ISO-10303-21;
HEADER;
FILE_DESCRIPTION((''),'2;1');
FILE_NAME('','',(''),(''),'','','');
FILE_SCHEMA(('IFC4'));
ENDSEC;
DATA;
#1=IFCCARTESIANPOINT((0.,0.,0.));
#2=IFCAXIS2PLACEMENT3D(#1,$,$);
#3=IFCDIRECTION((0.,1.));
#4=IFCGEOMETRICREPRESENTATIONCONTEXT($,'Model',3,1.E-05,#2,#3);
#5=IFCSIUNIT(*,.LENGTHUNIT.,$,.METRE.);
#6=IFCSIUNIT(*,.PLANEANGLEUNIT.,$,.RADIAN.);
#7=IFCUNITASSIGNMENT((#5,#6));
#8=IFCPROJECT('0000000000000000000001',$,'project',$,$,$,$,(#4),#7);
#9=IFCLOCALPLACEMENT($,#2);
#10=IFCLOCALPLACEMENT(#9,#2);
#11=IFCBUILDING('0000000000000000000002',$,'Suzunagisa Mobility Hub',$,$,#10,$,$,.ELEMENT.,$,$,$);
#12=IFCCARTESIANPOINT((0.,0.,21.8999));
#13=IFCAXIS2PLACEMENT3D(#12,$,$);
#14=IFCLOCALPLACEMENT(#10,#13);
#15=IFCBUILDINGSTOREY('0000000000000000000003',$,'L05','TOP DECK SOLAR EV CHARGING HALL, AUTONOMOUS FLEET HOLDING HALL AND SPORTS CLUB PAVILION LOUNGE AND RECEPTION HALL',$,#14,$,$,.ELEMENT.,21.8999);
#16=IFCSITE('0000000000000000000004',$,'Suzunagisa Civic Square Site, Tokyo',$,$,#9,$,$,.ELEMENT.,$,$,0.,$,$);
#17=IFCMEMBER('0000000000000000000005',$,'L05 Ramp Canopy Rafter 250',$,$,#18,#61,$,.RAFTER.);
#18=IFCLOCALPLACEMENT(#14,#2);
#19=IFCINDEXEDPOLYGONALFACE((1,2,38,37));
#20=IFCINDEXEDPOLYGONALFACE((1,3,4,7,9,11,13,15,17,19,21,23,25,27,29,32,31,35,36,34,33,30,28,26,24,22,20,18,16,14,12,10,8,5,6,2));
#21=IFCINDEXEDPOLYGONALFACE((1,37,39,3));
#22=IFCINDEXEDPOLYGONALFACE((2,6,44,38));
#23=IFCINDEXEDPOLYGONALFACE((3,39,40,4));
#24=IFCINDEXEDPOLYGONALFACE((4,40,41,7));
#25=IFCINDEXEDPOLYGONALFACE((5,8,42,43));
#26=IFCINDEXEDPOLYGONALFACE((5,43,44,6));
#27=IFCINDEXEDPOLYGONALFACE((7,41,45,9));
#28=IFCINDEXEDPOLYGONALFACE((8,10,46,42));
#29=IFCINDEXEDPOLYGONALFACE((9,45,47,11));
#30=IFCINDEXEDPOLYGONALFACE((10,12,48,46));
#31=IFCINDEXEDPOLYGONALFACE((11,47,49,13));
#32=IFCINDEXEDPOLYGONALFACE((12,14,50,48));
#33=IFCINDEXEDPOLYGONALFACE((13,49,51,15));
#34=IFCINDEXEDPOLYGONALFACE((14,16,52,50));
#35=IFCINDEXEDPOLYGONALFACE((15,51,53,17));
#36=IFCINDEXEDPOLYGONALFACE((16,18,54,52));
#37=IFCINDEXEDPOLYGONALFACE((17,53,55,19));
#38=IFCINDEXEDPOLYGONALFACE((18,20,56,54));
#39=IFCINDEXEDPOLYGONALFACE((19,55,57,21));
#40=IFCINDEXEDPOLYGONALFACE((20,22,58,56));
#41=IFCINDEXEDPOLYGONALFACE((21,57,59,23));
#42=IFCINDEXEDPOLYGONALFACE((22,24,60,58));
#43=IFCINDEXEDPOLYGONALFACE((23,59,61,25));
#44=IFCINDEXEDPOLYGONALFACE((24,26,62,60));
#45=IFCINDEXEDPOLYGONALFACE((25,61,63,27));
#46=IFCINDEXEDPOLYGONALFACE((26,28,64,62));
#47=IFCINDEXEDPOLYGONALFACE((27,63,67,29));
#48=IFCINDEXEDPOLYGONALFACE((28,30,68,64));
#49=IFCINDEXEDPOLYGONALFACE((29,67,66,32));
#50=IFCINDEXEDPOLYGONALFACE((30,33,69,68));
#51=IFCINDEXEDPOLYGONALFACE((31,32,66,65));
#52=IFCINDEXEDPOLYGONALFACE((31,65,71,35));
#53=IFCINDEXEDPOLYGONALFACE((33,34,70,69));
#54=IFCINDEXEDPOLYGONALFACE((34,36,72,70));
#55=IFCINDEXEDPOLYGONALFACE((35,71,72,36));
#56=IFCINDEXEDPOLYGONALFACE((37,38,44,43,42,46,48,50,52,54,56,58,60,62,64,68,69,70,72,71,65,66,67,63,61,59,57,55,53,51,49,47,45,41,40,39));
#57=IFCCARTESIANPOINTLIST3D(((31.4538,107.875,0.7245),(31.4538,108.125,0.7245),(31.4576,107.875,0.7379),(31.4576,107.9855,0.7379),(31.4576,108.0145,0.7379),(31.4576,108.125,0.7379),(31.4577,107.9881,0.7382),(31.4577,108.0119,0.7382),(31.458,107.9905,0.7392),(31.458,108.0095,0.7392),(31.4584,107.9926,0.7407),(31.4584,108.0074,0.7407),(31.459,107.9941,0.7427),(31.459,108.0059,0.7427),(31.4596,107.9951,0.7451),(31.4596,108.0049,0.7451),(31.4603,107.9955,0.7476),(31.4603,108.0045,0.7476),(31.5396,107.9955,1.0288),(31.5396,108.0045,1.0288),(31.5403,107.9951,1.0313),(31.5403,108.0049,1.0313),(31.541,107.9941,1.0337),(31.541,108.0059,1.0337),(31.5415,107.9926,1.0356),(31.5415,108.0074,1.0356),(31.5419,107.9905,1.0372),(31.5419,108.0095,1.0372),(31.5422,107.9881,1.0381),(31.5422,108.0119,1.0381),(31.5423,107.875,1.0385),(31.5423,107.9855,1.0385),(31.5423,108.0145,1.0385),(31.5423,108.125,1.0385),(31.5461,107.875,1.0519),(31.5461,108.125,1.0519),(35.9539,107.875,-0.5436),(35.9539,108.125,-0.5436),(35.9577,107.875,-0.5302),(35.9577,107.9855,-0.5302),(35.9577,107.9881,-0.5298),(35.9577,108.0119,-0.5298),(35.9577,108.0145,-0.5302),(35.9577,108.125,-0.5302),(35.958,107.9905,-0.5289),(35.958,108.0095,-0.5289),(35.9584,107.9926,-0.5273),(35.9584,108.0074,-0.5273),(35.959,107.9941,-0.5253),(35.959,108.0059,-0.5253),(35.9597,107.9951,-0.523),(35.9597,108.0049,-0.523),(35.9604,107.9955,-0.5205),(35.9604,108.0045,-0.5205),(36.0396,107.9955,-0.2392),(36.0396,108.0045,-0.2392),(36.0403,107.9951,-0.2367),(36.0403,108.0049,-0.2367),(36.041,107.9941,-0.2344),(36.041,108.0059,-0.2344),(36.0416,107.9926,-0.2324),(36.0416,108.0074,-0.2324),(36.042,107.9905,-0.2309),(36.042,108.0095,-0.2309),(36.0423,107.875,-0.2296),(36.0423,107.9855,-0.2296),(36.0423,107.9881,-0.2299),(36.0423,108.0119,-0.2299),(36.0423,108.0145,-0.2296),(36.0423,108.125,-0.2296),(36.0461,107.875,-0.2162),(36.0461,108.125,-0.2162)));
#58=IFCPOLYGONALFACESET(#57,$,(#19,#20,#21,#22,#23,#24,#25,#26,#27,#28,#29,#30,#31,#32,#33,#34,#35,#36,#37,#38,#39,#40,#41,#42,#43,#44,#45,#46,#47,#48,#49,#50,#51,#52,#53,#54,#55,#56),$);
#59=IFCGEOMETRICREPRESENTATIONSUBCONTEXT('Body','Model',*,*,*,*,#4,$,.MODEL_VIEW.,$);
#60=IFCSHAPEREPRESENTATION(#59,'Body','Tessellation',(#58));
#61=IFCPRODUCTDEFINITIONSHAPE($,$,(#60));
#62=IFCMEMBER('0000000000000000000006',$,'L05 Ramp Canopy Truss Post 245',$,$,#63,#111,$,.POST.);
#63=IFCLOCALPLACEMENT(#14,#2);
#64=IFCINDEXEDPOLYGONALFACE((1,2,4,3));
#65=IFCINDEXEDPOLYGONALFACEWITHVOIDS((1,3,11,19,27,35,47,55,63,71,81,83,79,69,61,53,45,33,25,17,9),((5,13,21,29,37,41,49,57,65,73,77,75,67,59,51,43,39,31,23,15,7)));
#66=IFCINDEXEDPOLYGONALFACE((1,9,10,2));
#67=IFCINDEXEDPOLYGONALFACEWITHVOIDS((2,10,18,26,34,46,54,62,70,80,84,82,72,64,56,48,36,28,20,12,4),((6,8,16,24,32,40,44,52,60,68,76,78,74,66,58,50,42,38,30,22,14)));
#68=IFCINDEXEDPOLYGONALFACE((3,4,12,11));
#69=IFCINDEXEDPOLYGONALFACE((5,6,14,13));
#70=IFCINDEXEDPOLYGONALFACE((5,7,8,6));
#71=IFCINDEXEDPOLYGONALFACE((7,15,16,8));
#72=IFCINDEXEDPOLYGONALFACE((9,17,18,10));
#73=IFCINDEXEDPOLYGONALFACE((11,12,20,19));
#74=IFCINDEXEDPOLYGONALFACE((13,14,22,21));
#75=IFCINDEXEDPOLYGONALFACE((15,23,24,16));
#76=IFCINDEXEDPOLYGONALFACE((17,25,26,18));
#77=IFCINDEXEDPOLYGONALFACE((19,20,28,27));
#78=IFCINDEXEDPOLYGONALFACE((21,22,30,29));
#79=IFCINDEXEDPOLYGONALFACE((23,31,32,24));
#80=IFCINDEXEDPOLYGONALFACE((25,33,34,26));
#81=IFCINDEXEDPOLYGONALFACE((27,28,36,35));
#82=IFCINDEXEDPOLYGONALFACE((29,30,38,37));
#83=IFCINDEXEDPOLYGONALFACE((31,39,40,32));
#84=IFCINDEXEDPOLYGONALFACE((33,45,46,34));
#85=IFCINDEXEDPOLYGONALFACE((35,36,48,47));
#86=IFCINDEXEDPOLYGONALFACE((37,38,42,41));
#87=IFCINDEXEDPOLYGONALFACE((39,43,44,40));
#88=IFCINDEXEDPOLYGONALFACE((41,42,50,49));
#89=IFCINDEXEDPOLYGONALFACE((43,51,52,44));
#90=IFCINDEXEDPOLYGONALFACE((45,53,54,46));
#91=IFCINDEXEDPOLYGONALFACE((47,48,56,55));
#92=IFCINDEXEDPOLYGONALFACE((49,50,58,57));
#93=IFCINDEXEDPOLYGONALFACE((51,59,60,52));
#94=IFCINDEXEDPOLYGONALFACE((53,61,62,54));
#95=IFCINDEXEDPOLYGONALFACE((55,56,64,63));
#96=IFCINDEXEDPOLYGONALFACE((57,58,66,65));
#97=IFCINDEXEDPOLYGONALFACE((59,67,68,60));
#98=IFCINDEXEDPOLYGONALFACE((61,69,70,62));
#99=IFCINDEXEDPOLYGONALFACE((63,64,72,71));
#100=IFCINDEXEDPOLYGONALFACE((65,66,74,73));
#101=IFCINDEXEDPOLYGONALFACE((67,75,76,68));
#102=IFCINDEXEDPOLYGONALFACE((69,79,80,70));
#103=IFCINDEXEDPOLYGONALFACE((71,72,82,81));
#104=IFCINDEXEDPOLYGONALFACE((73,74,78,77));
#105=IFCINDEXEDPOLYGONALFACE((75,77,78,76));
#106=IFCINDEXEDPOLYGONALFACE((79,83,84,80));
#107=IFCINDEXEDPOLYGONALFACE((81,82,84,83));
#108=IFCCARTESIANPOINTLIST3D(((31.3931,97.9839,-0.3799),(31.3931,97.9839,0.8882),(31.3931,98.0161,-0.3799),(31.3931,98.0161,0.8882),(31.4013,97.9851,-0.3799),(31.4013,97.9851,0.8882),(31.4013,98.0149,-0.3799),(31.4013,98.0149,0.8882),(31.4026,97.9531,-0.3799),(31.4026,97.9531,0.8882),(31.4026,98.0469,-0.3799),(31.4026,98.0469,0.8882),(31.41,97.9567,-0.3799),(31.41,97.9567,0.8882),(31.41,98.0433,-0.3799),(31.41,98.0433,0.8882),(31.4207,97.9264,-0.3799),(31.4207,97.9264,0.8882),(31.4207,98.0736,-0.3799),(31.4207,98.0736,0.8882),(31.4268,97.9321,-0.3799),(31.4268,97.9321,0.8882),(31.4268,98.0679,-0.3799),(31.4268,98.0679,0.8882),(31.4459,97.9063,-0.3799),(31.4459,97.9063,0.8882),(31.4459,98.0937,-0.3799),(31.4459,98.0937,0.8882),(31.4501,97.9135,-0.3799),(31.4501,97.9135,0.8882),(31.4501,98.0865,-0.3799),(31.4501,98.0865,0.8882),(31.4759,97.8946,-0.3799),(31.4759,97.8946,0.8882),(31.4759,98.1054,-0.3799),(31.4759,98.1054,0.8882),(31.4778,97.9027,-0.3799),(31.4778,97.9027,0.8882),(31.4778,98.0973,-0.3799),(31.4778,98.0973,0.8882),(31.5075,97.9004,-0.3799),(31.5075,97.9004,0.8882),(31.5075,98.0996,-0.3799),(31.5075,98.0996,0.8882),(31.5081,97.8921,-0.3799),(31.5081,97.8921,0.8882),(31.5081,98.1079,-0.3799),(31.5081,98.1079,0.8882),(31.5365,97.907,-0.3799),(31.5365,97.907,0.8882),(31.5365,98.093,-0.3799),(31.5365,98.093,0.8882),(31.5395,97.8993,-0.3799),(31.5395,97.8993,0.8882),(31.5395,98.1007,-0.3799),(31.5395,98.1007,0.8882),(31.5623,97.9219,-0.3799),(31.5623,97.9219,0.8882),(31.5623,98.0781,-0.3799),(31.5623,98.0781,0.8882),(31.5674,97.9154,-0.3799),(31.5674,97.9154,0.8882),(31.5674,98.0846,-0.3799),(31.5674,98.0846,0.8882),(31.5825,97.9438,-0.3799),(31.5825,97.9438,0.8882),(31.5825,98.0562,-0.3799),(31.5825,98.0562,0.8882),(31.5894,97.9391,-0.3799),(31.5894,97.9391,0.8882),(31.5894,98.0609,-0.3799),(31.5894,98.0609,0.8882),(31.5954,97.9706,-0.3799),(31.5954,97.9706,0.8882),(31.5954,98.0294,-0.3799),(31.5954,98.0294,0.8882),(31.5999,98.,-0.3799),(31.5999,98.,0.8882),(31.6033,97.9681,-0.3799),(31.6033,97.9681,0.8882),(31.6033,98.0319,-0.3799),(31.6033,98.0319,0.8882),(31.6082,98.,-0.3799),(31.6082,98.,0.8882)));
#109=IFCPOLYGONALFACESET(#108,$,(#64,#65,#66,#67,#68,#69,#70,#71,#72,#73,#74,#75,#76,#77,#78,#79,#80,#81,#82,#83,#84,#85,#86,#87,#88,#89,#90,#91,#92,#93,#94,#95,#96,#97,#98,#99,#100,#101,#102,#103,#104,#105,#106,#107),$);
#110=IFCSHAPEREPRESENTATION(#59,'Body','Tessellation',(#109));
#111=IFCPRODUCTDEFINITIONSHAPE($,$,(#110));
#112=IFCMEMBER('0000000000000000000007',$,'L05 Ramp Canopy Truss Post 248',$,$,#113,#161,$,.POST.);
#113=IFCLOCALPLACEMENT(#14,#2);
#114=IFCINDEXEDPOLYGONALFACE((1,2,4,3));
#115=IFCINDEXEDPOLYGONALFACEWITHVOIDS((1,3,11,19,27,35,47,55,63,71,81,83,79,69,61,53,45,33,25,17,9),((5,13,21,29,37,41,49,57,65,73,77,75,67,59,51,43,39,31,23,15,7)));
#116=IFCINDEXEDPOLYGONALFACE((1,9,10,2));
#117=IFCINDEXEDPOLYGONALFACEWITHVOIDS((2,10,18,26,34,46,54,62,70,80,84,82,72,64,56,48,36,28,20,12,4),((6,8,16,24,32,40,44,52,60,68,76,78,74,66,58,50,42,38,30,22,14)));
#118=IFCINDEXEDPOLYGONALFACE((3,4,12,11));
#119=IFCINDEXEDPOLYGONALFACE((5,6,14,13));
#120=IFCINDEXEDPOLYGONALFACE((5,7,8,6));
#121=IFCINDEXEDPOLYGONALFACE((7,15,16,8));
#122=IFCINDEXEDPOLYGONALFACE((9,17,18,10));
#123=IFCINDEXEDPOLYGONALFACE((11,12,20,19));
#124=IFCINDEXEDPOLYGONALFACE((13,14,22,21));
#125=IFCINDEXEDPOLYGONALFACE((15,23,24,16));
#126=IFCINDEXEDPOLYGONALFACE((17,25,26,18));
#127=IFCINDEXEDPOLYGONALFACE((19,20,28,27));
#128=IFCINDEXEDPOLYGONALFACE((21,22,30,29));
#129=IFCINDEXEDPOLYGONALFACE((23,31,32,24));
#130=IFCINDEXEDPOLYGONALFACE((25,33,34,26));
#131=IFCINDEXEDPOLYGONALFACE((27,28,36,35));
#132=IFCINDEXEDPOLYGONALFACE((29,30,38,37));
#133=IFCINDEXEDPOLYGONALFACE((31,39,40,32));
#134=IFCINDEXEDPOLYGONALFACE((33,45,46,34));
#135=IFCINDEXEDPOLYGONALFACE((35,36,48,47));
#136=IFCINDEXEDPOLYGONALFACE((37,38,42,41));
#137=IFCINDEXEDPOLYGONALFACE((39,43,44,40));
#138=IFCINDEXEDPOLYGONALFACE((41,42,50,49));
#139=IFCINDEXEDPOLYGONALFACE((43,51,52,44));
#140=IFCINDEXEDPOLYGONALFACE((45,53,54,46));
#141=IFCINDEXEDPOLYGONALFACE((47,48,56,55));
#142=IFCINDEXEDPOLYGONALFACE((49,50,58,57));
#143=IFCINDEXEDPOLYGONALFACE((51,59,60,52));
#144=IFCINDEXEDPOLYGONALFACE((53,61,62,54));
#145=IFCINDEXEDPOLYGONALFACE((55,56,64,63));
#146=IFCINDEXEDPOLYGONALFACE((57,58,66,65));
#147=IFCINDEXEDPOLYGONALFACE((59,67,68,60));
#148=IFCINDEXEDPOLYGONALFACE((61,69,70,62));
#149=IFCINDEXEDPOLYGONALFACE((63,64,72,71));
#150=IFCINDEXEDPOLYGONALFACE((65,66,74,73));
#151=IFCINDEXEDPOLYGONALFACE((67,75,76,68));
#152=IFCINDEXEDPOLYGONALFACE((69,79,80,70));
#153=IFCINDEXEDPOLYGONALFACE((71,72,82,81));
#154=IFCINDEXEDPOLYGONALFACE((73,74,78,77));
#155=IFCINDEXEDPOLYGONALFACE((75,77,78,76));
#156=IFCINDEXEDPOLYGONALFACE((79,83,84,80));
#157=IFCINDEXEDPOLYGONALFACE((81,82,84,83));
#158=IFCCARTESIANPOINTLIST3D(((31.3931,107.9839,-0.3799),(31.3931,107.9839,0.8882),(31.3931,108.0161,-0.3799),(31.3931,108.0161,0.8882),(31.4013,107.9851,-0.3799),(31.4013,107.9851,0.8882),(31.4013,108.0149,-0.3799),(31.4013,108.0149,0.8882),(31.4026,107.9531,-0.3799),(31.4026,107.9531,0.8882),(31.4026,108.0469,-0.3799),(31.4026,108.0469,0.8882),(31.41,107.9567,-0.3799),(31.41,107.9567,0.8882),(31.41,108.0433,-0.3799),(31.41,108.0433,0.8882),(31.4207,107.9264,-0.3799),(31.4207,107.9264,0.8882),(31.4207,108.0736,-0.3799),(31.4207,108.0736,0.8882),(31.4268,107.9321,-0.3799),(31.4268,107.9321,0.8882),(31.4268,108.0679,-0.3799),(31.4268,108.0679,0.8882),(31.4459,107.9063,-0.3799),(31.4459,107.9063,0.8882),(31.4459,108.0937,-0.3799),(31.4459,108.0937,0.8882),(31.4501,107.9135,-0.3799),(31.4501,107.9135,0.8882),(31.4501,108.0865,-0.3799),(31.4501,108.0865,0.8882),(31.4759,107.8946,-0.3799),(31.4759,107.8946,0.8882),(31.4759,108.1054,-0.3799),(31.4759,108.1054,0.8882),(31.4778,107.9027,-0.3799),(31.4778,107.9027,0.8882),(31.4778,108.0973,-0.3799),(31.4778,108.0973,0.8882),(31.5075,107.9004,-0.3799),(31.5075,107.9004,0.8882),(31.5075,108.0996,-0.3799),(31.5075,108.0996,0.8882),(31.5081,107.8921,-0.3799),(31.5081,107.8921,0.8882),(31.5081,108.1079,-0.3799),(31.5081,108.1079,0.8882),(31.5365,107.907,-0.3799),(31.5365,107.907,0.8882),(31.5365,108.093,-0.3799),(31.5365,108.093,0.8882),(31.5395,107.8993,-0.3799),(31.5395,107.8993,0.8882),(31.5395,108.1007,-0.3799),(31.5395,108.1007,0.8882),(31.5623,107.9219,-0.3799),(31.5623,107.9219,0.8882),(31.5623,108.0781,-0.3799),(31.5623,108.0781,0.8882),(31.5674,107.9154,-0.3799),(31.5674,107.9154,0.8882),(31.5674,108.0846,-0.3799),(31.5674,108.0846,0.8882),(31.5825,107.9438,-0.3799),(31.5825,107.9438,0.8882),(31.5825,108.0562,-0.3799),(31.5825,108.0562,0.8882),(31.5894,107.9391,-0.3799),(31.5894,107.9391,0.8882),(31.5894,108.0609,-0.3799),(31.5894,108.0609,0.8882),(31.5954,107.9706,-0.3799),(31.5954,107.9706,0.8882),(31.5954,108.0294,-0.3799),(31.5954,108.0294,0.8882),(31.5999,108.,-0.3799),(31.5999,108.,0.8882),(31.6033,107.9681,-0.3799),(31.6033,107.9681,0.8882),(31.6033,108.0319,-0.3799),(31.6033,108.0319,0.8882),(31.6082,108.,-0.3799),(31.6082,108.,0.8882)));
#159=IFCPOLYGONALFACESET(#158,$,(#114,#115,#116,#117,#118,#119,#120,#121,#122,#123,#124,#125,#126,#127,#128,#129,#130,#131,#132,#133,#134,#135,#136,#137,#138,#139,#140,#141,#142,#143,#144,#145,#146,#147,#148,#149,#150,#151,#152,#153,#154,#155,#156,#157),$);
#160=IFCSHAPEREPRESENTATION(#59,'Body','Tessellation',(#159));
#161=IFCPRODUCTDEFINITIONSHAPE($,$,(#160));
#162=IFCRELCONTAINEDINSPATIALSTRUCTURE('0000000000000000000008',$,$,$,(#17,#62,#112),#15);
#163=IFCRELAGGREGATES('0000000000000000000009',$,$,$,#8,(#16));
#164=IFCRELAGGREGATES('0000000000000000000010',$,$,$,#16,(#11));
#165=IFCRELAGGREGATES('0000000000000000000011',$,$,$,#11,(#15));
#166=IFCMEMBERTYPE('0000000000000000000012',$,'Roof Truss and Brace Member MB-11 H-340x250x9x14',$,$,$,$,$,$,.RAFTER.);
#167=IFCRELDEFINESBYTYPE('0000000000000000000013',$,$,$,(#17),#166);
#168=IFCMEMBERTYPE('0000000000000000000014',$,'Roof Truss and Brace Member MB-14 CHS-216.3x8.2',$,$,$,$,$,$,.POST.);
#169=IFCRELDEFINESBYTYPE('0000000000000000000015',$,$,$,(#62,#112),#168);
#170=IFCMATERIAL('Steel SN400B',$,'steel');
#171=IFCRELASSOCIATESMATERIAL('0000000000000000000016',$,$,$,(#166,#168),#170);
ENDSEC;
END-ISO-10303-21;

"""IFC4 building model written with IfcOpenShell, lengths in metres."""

from ifc_helpers import new_model, si_unit, direction, frame, origin, origin_2d, place, context, subcontext, project, spatial, hollow_circle, i_section, extrude, material, material_profile, profile_set, type_object, element, save


model = new_model("IFC4")

# Units and contexts
model_context = context("Model", 3, precision=1e-05, world=origin(), true_north=direction((0.0, 1.0)))
body_context = subcontext(model_context, "Body", "Model", "MODEL_VIEW")
ifc_project = project(units=[si_unit("LENGTHUNIT", "METRE"), si_unit("PLANEANGLEUNIT", "RADIAN")], contexts=[model_context])

# Site, building, storey
site_placement = place(None, origin())
site = spatial("IfcSite", under=ifc_project, at=site_placement, Name="Suzunagisa Civic Square Site, Tokyo", CompositionType="ELEMENT", RefElevation=0.0)
building_placement = place(site_placement, origin())
building = spatial("IfcBuilding", under=site, at=building_placement, Name="Suzunagisa Mobility Hub", CompositionType="ELEMENT")
storey_placement = place(building_placement, frame((0.0, 0.0, 21.8999)))
storey = spatial("IfcBuildingStorey", under=building, at=storey_placement, Name="L05", Description="TOP DECK SOLAR EV CHARGING HALL, AUTONOMOUS FLEET HOLDING HALL AND SPORTS CLUB PAVILION LOUNGE AND RECEPTION HALL", CompositionType="ELEMENT", Elevation=21.8999)

# Members
ifc_material_1 = material(Name="Steel SN400B", Category="steel")
ifc_material_profile_1 = material_profile(ifc_material_1, i_section(OverallWidth=0.25, OverallDepth=0.3401, WebThickness=0.009, FlangeThickness=0.0139, FilletRadius=0.01, at=origin_2d()), Name="H-340x250x9x14")
ifc_profile_set_1 = profile_set([ifc_material_profile_1], Name="Steel SN400B")
member_type_1 = type_object("IfcMemberType", Name="Roof Truss and Brace Member MB-11 H-340x250x9x14", PredefinedType="RAFTER", material=ifc_profile_set_1)
for number, where, z_axis, x_axis, name in (
    (1, (36.0, 108.0, -0.3799), (-0.962515, 0.0, 0.271229), (0.0, -1.0, 0.0), "L05 Ramp Canopy Rafter 250"),
):
    element("IfcMember", number, at=place(storey_placement, frame(where, z_axis=z_axis, x_axis=x_axis)), inside=storey, type_object=member_type_1, Name=name, PredefinedType="RAFTER", context=body_context, shape_type="SweptSolid", body=[
        extrude(i_section(OverallWidth=0.25, OverallDepth=0.3401, WebThickness=0.009, FlangeThickness=0.0139, FilletRadius=0.01, at=origin_2d()), origin(), (0.0, 0.0, 1.0), 4.6753),
    ])
ifc_material_profile_2 = material_profile(ifc_material_1, hollow_circle(Radius=0.1082, WallThickness=0.0083, at=origin_2d()), Name="CHS-216.3x8.2")
ifc_profile_set_2 = profile_set([ifc_material_profile_2], Name="Steel SN400B")
member_type_2 = type_object("IfcMemberType", Name="Roof Truss and Brace Member MB-14 CHS-216.3x8.2", PredefinedType="POST", material=ifc_profile_set_2)
for number, where, z_axis, x_axis, name in (
    (2, (31.5, 98.0, -0.3799), (0.0, 0.0, 1.0), (1.0, 0.0, 0.0), "L05 Ramp Canopy Truss Post 245"),
    (3, (31.5, 108.0, -0.3799), (0.0, 0.0, 1.0), (1.0, 0.0, 0.0), "L05 Ramp Canopy Truss Post 248"),
):
    element("IfcMember", number, at=place(storey_placement, frame(where, z_axis=z_axis, x_axis=x_axis)), inside=storey, type_object=member_type_2, Name=name, PredefinedType="POST", context=body_context, shape_type="SweptSolid", body=[
        extrude(hollow_circle(Radius=0.1082, WallThickness=0.0083, at=origin_2d()), origin(), (0.0, 0.0, 1.0), 1.2681),
    ])

save(model, "model.ifc")
